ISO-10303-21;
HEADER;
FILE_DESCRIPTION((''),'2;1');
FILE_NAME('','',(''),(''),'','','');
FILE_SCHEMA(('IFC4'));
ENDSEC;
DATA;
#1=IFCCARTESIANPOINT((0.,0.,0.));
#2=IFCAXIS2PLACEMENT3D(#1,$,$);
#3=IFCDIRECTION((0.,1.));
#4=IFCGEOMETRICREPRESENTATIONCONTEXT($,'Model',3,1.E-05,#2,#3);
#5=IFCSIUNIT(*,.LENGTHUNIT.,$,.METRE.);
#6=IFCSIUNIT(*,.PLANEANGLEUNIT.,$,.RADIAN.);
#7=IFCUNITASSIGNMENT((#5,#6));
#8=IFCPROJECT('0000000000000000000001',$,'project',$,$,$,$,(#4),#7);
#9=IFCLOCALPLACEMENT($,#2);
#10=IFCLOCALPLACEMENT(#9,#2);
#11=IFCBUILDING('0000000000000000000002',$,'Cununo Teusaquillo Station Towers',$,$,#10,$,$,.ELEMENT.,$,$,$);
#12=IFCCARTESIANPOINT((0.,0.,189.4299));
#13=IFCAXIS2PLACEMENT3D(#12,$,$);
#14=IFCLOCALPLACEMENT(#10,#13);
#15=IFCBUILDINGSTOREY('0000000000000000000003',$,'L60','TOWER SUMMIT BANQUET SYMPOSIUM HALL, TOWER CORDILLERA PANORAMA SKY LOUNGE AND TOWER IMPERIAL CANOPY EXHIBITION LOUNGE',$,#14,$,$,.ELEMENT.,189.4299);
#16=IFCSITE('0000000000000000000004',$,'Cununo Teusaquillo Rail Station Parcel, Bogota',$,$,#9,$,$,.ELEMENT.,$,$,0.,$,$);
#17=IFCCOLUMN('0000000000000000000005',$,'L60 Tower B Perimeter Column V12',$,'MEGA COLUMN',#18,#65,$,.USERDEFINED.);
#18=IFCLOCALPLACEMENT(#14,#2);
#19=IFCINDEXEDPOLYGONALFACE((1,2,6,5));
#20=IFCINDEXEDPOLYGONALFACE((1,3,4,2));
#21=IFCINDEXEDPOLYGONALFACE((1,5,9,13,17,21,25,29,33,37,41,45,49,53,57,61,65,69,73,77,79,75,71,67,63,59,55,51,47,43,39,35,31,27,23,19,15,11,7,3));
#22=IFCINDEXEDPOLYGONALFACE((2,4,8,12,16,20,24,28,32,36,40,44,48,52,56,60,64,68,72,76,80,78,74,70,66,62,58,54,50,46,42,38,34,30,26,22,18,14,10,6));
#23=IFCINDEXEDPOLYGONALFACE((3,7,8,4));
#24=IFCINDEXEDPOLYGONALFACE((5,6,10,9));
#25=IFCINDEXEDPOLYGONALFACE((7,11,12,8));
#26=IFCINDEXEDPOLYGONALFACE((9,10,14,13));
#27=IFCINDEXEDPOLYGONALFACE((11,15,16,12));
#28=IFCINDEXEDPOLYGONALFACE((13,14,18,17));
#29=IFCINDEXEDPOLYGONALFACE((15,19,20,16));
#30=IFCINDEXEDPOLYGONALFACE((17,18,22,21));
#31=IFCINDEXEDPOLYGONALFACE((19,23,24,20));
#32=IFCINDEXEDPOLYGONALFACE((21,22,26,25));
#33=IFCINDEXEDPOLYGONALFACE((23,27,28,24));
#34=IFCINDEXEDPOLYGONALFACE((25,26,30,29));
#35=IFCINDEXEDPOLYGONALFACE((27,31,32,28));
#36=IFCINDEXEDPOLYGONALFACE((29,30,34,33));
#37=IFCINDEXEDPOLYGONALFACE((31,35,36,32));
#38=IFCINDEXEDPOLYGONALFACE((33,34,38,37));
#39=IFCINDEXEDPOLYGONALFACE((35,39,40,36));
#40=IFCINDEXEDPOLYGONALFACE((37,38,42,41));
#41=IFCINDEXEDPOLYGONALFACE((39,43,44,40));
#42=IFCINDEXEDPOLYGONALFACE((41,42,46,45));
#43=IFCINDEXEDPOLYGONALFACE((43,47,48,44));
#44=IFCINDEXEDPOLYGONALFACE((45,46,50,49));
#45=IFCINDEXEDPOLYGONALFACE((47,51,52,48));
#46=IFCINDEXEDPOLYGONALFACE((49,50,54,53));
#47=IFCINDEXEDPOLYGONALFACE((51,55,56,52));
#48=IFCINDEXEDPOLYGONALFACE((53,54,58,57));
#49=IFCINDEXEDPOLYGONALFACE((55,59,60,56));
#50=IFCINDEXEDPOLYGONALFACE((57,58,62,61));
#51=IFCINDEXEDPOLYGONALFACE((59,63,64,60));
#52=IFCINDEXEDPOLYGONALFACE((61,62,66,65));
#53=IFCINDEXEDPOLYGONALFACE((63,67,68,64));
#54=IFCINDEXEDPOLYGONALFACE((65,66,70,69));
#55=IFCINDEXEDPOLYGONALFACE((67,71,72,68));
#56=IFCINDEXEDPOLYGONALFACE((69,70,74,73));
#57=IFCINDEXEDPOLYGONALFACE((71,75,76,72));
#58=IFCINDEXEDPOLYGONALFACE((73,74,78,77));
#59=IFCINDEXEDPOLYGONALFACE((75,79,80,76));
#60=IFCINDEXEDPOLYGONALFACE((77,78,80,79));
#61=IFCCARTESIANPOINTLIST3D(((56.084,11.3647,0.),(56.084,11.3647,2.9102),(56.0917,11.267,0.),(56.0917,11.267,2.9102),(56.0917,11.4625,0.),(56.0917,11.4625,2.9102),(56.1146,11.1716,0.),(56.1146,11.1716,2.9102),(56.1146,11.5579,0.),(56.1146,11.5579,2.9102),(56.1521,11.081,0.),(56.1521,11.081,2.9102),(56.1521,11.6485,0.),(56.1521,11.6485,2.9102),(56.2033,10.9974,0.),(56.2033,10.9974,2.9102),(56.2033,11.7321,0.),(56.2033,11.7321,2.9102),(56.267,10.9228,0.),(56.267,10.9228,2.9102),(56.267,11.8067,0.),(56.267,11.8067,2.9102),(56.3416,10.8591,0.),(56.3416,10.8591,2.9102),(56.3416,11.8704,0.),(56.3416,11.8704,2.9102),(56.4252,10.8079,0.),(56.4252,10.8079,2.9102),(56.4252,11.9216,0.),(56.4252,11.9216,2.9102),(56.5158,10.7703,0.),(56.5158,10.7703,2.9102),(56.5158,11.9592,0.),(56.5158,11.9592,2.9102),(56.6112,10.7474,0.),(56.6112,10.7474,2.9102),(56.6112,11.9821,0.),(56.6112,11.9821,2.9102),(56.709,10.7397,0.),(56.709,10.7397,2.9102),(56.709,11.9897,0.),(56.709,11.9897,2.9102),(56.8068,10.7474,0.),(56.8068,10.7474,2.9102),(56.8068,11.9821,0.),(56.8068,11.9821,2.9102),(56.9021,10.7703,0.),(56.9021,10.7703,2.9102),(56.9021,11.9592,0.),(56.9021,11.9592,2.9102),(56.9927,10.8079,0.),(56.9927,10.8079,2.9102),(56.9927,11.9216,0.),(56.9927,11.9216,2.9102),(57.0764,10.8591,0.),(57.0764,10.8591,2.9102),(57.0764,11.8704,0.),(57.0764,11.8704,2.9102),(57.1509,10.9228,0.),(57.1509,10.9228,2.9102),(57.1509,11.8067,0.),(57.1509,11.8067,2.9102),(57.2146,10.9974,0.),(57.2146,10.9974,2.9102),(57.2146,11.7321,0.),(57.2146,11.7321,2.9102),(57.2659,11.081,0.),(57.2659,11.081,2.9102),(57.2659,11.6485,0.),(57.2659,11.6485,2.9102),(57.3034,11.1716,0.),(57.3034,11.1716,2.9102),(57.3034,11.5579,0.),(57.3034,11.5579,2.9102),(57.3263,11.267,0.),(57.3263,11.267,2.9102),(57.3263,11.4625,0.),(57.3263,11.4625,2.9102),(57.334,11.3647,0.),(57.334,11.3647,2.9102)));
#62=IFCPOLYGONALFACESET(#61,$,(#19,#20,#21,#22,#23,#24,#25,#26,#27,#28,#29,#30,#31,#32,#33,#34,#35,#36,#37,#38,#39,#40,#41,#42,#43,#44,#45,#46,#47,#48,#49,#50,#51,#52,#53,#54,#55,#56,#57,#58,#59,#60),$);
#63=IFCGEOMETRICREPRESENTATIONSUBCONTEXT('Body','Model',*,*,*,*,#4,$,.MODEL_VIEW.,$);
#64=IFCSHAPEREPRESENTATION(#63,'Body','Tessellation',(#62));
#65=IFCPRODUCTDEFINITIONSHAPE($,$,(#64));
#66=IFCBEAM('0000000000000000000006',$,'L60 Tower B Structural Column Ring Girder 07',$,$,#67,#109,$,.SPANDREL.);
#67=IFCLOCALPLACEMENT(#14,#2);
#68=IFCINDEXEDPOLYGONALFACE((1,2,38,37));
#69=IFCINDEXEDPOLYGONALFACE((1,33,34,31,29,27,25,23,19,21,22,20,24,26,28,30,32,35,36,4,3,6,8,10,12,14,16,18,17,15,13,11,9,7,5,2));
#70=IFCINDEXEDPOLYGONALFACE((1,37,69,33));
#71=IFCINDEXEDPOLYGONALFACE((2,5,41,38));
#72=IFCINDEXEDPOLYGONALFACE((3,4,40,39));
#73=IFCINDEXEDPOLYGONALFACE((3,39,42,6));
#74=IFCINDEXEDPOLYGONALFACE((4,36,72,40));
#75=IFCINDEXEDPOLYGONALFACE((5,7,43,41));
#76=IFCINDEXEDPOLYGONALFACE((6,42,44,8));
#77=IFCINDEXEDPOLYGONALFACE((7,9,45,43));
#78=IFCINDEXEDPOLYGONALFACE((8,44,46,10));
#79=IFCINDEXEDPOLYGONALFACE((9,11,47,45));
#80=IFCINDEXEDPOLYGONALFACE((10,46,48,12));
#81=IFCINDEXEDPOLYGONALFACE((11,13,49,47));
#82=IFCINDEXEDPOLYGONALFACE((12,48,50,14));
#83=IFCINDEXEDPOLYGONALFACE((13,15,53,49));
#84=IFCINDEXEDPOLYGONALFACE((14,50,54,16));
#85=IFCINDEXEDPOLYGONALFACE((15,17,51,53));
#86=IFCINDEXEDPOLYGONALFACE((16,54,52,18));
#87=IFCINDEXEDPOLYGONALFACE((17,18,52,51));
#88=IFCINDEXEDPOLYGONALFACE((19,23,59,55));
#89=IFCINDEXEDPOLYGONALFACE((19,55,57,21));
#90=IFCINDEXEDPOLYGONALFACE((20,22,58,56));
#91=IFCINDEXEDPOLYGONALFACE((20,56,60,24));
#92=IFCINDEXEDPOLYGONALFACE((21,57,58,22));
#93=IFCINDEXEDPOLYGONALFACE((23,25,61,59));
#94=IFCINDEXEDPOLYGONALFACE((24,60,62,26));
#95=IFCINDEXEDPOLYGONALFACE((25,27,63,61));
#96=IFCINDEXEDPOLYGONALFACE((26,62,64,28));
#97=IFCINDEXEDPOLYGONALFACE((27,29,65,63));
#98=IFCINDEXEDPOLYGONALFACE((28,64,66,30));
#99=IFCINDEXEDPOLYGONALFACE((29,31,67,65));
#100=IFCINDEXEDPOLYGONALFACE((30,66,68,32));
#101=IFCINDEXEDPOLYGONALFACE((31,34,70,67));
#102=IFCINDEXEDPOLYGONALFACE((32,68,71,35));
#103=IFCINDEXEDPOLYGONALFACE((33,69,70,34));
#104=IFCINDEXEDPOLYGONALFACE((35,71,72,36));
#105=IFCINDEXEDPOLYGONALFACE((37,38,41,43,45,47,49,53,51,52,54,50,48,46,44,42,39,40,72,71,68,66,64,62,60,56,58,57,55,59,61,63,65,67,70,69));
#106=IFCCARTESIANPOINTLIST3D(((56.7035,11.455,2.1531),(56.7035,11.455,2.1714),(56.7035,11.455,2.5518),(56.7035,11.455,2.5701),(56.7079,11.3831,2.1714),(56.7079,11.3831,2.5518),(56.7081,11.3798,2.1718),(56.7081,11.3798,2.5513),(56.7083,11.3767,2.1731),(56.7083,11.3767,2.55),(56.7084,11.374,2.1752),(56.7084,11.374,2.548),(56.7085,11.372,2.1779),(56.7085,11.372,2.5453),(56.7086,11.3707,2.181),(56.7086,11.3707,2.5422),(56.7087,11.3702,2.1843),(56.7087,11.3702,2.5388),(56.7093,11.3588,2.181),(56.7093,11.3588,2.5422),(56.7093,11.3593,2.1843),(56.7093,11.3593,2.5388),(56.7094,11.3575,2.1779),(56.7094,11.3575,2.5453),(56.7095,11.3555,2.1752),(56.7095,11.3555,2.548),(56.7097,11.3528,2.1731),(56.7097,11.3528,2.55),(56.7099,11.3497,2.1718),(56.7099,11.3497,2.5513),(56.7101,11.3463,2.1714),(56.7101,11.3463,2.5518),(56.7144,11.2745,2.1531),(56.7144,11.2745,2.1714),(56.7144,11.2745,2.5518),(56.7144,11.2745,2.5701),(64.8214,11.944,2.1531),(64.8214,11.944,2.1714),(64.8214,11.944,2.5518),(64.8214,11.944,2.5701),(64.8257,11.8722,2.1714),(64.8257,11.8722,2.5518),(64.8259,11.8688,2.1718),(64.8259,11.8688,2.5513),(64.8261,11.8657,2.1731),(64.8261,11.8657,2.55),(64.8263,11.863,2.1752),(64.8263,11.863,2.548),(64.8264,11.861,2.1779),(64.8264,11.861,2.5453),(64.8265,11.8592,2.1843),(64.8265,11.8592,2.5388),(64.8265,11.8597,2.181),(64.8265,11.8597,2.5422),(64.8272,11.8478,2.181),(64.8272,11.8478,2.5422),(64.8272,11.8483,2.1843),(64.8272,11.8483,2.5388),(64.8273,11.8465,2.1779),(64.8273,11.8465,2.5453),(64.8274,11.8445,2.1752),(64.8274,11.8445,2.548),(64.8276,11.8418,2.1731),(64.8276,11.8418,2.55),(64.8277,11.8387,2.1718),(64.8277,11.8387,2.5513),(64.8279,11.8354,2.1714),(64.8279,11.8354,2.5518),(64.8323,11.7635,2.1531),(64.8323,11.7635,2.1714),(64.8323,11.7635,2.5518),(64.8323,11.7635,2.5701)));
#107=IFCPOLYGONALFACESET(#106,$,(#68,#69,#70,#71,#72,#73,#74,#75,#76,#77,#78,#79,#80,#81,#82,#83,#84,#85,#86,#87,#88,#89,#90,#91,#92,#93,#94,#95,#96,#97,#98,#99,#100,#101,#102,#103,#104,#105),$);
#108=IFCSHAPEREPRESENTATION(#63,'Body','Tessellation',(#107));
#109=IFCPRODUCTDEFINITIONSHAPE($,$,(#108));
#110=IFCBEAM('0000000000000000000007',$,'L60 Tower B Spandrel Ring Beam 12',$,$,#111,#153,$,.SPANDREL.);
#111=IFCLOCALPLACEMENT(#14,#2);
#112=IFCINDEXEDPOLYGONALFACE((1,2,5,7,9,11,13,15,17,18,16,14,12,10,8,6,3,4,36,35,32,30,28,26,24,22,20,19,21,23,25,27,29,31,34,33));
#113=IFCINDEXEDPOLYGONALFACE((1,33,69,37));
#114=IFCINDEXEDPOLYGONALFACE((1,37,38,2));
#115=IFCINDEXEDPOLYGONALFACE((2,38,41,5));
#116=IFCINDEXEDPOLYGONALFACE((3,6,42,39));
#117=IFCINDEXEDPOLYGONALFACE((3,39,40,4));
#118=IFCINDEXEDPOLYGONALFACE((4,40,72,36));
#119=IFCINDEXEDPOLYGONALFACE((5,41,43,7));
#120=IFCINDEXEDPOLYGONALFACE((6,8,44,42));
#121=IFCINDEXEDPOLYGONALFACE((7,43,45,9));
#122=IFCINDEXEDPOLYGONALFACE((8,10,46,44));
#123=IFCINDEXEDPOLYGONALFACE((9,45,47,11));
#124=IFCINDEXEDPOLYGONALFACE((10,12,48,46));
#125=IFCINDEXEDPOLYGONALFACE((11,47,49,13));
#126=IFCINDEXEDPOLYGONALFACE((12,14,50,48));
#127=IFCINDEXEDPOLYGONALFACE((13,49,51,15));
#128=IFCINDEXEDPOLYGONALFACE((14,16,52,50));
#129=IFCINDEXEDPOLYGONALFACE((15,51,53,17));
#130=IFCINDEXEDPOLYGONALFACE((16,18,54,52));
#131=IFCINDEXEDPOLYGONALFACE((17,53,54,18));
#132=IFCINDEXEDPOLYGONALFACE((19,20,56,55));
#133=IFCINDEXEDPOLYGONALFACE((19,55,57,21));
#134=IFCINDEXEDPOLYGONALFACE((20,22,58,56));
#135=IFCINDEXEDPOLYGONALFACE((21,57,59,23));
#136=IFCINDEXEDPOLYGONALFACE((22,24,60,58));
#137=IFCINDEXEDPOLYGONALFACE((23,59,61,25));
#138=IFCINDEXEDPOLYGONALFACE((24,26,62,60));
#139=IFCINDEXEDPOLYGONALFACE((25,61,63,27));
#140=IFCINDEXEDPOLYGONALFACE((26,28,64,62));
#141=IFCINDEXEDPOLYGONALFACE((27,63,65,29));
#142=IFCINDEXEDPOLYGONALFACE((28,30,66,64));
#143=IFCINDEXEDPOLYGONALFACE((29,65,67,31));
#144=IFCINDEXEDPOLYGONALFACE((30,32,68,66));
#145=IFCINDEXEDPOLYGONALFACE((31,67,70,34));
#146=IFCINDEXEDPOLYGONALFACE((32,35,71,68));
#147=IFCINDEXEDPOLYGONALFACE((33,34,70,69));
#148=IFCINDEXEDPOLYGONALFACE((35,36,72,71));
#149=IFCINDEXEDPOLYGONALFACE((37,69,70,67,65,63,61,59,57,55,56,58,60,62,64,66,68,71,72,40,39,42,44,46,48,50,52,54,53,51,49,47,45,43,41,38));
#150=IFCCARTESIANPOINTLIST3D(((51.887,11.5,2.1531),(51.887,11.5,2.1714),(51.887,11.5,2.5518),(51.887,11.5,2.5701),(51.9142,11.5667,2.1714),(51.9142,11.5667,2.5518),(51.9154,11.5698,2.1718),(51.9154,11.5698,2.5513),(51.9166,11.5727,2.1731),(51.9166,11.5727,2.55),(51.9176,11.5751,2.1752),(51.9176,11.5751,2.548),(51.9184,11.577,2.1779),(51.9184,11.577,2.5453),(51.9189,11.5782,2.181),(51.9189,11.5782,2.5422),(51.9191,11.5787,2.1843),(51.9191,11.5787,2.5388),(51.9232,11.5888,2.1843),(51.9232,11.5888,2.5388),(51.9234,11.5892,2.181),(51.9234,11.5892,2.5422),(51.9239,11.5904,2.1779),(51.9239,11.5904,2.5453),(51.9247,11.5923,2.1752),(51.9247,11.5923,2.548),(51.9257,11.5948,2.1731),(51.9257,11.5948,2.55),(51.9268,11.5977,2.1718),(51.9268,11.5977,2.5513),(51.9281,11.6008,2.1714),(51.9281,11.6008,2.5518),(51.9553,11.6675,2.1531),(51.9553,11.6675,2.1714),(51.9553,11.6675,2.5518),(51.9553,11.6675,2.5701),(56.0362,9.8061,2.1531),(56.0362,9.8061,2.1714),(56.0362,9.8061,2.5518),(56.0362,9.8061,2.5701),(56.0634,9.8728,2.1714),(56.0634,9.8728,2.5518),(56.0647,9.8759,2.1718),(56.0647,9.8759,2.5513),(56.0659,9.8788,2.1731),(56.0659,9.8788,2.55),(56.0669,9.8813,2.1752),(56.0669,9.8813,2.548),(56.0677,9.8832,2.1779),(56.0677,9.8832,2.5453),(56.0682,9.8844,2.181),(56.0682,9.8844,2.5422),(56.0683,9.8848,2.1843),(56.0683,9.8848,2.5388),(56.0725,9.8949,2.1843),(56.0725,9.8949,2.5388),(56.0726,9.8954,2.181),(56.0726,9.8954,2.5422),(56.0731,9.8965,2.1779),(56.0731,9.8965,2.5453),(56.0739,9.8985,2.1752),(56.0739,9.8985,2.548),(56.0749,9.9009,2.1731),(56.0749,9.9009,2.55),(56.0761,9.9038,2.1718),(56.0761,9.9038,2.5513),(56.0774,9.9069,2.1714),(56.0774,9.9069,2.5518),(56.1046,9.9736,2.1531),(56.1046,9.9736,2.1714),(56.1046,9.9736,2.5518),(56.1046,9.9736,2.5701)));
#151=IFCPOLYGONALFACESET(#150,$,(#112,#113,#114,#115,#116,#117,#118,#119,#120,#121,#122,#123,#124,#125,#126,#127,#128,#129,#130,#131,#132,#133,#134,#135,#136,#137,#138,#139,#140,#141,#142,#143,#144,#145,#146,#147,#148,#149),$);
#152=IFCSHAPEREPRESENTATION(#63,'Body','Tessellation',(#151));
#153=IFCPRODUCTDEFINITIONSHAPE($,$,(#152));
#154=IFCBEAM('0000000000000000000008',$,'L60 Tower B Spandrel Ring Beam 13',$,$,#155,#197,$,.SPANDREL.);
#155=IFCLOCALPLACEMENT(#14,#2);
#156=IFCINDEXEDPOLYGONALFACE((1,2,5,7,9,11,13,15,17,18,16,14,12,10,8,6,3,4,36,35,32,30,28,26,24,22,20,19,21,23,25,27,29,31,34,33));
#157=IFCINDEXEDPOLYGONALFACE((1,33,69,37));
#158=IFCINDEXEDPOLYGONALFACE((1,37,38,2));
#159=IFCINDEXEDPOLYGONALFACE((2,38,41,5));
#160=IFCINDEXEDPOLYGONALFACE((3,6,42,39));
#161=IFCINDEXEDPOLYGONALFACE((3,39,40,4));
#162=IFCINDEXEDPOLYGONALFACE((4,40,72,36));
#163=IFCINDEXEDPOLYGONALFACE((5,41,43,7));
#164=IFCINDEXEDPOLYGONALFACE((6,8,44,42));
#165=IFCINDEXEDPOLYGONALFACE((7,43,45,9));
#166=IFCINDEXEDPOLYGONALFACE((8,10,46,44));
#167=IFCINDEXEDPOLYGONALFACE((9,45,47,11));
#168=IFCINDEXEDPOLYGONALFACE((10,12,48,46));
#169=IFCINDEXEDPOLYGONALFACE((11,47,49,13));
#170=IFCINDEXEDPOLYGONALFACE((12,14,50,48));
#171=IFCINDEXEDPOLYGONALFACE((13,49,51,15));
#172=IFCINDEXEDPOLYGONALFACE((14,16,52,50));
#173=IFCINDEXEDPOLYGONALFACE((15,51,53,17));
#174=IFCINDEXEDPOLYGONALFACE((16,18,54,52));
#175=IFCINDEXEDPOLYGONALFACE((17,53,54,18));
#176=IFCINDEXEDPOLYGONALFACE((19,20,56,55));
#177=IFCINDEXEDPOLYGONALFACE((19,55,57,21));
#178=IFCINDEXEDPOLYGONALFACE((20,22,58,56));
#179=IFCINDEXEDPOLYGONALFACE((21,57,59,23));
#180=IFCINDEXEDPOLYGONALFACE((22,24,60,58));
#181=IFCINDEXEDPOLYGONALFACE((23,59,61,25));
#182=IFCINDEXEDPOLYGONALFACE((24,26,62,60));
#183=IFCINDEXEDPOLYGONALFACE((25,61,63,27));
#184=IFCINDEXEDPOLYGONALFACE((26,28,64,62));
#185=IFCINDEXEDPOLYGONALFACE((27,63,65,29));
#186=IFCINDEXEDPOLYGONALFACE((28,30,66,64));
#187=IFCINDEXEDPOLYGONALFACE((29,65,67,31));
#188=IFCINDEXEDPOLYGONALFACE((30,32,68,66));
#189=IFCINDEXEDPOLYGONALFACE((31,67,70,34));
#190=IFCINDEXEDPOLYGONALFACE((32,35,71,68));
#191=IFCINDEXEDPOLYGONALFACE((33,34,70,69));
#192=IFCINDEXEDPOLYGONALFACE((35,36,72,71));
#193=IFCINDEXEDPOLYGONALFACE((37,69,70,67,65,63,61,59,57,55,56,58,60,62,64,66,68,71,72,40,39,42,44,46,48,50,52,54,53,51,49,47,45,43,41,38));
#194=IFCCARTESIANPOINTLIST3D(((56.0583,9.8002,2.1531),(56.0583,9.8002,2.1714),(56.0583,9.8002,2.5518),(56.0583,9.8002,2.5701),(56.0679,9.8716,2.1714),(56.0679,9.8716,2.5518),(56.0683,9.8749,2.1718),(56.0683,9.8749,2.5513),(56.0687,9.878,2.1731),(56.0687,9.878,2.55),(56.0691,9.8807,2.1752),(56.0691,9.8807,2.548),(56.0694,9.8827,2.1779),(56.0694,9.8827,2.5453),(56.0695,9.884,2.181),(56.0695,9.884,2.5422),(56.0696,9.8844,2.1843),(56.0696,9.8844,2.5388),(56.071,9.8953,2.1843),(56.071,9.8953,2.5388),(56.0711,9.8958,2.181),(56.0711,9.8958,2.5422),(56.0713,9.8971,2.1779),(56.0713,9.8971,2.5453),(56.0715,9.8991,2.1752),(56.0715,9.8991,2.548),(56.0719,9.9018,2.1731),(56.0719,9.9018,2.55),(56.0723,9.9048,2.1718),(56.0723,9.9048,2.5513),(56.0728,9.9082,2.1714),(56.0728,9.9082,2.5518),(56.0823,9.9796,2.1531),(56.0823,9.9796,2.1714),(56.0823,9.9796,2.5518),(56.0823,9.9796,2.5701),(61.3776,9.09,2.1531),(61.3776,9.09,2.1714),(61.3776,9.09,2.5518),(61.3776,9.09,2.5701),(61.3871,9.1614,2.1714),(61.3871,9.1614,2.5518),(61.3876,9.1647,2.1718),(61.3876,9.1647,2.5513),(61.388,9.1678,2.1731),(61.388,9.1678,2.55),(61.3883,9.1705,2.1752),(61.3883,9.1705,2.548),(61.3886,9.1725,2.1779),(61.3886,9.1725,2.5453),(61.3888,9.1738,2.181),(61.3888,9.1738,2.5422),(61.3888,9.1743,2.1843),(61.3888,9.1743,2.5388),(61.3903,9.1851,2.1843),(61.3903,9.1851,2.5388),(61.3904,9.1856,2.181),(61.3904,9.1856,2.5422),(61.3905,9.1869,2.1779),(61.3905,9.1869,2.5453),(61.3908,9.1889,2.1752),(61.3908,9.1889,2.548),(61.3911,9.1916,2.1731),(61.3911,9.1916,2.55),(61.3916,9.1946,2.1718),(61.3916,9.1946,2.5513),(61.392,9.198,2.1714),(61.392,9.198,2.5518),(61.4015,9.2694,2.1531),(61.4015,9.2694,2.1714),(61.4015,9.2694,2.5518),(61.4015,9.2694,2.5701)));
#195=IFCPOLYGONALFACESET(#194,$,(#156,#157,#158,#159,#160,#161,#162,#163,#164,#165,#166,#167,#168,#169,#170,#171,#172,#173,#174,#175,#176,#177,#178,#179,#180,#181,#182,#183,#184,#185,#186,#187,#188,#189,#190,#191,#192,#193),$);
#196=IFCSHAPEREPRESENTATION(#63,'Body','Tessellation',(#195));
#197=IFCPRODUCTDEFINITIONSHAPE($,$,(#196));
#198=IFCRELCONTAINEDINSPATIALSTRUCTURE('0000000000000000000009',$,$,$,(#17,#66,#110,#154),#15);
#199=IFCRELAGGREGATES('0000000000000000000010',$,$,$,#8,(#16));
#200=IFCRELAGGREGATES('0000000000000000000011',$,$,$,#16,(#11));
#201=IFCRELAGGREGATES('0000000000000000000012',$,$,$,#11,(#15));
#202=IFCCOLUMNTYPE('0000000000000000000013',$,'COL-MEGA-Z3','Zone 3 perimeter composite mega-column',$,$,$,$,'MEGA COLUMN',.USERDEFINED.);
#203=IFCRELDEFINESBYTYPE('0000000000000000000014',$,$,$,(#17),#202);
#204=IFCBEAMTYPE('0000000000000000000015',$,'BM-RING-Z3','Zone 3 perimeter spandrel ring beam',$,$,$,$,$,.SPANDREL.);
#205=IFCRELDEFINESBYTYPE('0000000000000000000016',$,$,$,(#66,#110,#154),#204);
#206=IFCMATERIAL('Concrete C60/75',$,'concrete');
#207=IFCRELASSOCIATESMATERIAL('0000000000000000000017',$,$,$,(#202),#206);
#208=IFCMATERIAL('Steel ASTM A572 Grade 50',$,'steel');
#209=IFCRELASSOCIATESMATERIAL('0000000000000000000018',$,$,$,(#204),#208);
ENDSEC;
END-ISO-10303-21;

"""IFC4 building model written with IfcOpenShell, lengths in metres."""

from ifc_helpers import new_model, si_unit, direction, frame, origin, origin_2d, place, context, subcontext, project, spatial, circle, i_section, extrude, material, material_profile, profile_set, type_object, element, save


model = new_model("IFC4")

# Units and contexts
model_context = context("Model", 3, precision=1e-05, world=origin(), true_north=direction((0.0, 1.0)))
body_context = subcontext(model_context, "Body", "Model", "MODEL_VIEW")
ifc_project = project(units=[si_unit("LENGTHUNIT", "METRE"), si_unit("PLANEANGLEUNIT", "RADIAN")], contexts=[model_context])

# Site, building, storey
site_placement = place(None, origin())
site = spatial("IfcSite", under=ifc_project, at=site_placement, Name="Cununo Teusaquillo Rail Station Parcel, Bogota", CompositionType="ELEMENT", RefElevation=0.0)
building_placement = place(site_placement, origin())
building = spatial("IfcBuilding", under=site, at=building_placement, Name="Cununo Teusaquillo Station Towers", CompositionType="ELEMENT")
storey_placement = place(building_placement, frame((0.0, 0.0, 189.4299)))
storey = spatial("IfcBuildingStorey", under=building, at=storey_placement, Name="L60", Description="TOWER SUMMIT BANQUET SYMPOSIUM HALL, TOWER CORDILLERA PANORAMA SKY LOUNGE AND TOWER IMPERIAL CANOPY EXHIBITION LOUNGE", CompositionType="ELEMENT", Elevation=189.4299)

# Column
ifc_material_1 = material(Name="Concrete C60/75", Category="concrete")
ifc_material_profile_1 = material_profile(ifc_material_1, circle(Radius=0.625, at=origin_2d()), Name="RC-CIRC-1250")
ifc_profile_set_1 = profile_set([ifc_material_profile_1], Name="Concrete C60/75")
column_type = type_object("IfcColumnType", Name="COL-MEGA-Z3", Description="Zone 3 perimeter composite mega-column", ElementType="MEGA COLUMN", PredefinedType="USERDEFINED", material=ifc_profile_set_1)
column_placement = place(storey_placement, frame((56.709, 11.3647, 0.0), z_axis=(0.0, 0.0, 1.0), x_axis=(1.0, 0.0, 0.0)))
element("IfcColumn", 1, at=column_placement, inside=storey, type_object=column_type, Name="L60 Tower B Perimeter Column V12", ObjectType="MEGA COLUMN", PredefinedType="USERDEFINED", context=body_context, shape_type="SweptSolid", body=[
    extrude(circle(Radius=0.625, at=origin_2d()), origin(), (0.0, 0.0, 1.0), 2.9102),
])

# Beams
ifc_material_2 = material(Name="Steel ASTM A572 Grade 50", Category="steel")
ifc_material_profile_2 = material_profile(ifc_material_2, i_section(OverallWidth=0.1809, OverallDepth=0.417, WebThickness=0.011, FlangeThickness=0.0183, FilletRadius=0.0129, at=origin_2d()), Name="W16X57")
ifc_profile_set_2 = profile_set([ifc_material_profile_2], Name="Steel ASTM A572 Grade 50")
beam_type = type_object("IfcBeamType", Name="BM-RING-Z3", Description="Zone 3 perimeter spandrel ring beam", PredefinedType="SPANDREL", material=ifc_profile_set_2)
beam_1_placement = place(storey_placement, frame((56.709, 11.3647, 2.3616), z_axis=(0.998191, 0.06013, 0.0), x_axis=(-0.06013, 0.998191, 0.0)))
element("IfcBeam", 2, at=beam_1_placement, inside=storey, type_object=beam_type, Name="L60 Tower B Structural Column Ring Girder 07", PredefinedType="SPANDREL", context=body_context, shape_type="SweptSolid", body=[
    extrude(i_section(OverallWidth=0.1809, OverallDepth=0.417, WebThickness=0.011, FlangeThickness=0.0183, FilletRadius=0.0129, at=origin_2d()), origin(), (0.0, 0.0, 1.0), 8.1326),
])
beam_2_placement = place(storey_placement, frame((51.9211, 11.5837, 2.3616), z_axis=(0.925824, -0.377956, 0.0), x_axis=(0.377956, 0.925824, 0.0)))
element("IfcBeam", 3, at=beam_2_placement, inside=storey, type_object=beam_type, Name="L60 Tower B Spandrel Ring Beam 12", PredefinedType="SPANDREL", context=body_context, shape_type="SweptSolid", body=[
    extrude(i_section(OverallWidth=0.1809, OverallDepth=0.417, WebThickness=0.011, FlangeThickness=0.0183, FilletRadius=0.0129, at=origin_2d()), origin(), (0.0, 0.0, 1.0), 4.4817),
])
beam_3_placement = place(storey_placement, frame((56.0703, 9.8899, 2.3616), z_axis=(0.991204, -0.13234, 0.0), x_axis=(0.13234, 0.991204, 0.0)))
element("IfcBeam", 4, at=beam_3_placement, inside=storey, type_object=beam_type, Name="L60 Tower B Spandrel Ring Beam 13", PredefinedType="SPANDREL", context=body_context, shape_type="SweptSolid", body=[
    extrude(i_section(OverallWidth=0.1809, OverallDepth=0.417, WebThickness=0.011, FlangeThickness=0.0183, FilletRadius=0.0129, at=origin_2d()), origin(), (0.0, 0.0, 1.0), 5.3665),
])

save(model, "model.ifc")
